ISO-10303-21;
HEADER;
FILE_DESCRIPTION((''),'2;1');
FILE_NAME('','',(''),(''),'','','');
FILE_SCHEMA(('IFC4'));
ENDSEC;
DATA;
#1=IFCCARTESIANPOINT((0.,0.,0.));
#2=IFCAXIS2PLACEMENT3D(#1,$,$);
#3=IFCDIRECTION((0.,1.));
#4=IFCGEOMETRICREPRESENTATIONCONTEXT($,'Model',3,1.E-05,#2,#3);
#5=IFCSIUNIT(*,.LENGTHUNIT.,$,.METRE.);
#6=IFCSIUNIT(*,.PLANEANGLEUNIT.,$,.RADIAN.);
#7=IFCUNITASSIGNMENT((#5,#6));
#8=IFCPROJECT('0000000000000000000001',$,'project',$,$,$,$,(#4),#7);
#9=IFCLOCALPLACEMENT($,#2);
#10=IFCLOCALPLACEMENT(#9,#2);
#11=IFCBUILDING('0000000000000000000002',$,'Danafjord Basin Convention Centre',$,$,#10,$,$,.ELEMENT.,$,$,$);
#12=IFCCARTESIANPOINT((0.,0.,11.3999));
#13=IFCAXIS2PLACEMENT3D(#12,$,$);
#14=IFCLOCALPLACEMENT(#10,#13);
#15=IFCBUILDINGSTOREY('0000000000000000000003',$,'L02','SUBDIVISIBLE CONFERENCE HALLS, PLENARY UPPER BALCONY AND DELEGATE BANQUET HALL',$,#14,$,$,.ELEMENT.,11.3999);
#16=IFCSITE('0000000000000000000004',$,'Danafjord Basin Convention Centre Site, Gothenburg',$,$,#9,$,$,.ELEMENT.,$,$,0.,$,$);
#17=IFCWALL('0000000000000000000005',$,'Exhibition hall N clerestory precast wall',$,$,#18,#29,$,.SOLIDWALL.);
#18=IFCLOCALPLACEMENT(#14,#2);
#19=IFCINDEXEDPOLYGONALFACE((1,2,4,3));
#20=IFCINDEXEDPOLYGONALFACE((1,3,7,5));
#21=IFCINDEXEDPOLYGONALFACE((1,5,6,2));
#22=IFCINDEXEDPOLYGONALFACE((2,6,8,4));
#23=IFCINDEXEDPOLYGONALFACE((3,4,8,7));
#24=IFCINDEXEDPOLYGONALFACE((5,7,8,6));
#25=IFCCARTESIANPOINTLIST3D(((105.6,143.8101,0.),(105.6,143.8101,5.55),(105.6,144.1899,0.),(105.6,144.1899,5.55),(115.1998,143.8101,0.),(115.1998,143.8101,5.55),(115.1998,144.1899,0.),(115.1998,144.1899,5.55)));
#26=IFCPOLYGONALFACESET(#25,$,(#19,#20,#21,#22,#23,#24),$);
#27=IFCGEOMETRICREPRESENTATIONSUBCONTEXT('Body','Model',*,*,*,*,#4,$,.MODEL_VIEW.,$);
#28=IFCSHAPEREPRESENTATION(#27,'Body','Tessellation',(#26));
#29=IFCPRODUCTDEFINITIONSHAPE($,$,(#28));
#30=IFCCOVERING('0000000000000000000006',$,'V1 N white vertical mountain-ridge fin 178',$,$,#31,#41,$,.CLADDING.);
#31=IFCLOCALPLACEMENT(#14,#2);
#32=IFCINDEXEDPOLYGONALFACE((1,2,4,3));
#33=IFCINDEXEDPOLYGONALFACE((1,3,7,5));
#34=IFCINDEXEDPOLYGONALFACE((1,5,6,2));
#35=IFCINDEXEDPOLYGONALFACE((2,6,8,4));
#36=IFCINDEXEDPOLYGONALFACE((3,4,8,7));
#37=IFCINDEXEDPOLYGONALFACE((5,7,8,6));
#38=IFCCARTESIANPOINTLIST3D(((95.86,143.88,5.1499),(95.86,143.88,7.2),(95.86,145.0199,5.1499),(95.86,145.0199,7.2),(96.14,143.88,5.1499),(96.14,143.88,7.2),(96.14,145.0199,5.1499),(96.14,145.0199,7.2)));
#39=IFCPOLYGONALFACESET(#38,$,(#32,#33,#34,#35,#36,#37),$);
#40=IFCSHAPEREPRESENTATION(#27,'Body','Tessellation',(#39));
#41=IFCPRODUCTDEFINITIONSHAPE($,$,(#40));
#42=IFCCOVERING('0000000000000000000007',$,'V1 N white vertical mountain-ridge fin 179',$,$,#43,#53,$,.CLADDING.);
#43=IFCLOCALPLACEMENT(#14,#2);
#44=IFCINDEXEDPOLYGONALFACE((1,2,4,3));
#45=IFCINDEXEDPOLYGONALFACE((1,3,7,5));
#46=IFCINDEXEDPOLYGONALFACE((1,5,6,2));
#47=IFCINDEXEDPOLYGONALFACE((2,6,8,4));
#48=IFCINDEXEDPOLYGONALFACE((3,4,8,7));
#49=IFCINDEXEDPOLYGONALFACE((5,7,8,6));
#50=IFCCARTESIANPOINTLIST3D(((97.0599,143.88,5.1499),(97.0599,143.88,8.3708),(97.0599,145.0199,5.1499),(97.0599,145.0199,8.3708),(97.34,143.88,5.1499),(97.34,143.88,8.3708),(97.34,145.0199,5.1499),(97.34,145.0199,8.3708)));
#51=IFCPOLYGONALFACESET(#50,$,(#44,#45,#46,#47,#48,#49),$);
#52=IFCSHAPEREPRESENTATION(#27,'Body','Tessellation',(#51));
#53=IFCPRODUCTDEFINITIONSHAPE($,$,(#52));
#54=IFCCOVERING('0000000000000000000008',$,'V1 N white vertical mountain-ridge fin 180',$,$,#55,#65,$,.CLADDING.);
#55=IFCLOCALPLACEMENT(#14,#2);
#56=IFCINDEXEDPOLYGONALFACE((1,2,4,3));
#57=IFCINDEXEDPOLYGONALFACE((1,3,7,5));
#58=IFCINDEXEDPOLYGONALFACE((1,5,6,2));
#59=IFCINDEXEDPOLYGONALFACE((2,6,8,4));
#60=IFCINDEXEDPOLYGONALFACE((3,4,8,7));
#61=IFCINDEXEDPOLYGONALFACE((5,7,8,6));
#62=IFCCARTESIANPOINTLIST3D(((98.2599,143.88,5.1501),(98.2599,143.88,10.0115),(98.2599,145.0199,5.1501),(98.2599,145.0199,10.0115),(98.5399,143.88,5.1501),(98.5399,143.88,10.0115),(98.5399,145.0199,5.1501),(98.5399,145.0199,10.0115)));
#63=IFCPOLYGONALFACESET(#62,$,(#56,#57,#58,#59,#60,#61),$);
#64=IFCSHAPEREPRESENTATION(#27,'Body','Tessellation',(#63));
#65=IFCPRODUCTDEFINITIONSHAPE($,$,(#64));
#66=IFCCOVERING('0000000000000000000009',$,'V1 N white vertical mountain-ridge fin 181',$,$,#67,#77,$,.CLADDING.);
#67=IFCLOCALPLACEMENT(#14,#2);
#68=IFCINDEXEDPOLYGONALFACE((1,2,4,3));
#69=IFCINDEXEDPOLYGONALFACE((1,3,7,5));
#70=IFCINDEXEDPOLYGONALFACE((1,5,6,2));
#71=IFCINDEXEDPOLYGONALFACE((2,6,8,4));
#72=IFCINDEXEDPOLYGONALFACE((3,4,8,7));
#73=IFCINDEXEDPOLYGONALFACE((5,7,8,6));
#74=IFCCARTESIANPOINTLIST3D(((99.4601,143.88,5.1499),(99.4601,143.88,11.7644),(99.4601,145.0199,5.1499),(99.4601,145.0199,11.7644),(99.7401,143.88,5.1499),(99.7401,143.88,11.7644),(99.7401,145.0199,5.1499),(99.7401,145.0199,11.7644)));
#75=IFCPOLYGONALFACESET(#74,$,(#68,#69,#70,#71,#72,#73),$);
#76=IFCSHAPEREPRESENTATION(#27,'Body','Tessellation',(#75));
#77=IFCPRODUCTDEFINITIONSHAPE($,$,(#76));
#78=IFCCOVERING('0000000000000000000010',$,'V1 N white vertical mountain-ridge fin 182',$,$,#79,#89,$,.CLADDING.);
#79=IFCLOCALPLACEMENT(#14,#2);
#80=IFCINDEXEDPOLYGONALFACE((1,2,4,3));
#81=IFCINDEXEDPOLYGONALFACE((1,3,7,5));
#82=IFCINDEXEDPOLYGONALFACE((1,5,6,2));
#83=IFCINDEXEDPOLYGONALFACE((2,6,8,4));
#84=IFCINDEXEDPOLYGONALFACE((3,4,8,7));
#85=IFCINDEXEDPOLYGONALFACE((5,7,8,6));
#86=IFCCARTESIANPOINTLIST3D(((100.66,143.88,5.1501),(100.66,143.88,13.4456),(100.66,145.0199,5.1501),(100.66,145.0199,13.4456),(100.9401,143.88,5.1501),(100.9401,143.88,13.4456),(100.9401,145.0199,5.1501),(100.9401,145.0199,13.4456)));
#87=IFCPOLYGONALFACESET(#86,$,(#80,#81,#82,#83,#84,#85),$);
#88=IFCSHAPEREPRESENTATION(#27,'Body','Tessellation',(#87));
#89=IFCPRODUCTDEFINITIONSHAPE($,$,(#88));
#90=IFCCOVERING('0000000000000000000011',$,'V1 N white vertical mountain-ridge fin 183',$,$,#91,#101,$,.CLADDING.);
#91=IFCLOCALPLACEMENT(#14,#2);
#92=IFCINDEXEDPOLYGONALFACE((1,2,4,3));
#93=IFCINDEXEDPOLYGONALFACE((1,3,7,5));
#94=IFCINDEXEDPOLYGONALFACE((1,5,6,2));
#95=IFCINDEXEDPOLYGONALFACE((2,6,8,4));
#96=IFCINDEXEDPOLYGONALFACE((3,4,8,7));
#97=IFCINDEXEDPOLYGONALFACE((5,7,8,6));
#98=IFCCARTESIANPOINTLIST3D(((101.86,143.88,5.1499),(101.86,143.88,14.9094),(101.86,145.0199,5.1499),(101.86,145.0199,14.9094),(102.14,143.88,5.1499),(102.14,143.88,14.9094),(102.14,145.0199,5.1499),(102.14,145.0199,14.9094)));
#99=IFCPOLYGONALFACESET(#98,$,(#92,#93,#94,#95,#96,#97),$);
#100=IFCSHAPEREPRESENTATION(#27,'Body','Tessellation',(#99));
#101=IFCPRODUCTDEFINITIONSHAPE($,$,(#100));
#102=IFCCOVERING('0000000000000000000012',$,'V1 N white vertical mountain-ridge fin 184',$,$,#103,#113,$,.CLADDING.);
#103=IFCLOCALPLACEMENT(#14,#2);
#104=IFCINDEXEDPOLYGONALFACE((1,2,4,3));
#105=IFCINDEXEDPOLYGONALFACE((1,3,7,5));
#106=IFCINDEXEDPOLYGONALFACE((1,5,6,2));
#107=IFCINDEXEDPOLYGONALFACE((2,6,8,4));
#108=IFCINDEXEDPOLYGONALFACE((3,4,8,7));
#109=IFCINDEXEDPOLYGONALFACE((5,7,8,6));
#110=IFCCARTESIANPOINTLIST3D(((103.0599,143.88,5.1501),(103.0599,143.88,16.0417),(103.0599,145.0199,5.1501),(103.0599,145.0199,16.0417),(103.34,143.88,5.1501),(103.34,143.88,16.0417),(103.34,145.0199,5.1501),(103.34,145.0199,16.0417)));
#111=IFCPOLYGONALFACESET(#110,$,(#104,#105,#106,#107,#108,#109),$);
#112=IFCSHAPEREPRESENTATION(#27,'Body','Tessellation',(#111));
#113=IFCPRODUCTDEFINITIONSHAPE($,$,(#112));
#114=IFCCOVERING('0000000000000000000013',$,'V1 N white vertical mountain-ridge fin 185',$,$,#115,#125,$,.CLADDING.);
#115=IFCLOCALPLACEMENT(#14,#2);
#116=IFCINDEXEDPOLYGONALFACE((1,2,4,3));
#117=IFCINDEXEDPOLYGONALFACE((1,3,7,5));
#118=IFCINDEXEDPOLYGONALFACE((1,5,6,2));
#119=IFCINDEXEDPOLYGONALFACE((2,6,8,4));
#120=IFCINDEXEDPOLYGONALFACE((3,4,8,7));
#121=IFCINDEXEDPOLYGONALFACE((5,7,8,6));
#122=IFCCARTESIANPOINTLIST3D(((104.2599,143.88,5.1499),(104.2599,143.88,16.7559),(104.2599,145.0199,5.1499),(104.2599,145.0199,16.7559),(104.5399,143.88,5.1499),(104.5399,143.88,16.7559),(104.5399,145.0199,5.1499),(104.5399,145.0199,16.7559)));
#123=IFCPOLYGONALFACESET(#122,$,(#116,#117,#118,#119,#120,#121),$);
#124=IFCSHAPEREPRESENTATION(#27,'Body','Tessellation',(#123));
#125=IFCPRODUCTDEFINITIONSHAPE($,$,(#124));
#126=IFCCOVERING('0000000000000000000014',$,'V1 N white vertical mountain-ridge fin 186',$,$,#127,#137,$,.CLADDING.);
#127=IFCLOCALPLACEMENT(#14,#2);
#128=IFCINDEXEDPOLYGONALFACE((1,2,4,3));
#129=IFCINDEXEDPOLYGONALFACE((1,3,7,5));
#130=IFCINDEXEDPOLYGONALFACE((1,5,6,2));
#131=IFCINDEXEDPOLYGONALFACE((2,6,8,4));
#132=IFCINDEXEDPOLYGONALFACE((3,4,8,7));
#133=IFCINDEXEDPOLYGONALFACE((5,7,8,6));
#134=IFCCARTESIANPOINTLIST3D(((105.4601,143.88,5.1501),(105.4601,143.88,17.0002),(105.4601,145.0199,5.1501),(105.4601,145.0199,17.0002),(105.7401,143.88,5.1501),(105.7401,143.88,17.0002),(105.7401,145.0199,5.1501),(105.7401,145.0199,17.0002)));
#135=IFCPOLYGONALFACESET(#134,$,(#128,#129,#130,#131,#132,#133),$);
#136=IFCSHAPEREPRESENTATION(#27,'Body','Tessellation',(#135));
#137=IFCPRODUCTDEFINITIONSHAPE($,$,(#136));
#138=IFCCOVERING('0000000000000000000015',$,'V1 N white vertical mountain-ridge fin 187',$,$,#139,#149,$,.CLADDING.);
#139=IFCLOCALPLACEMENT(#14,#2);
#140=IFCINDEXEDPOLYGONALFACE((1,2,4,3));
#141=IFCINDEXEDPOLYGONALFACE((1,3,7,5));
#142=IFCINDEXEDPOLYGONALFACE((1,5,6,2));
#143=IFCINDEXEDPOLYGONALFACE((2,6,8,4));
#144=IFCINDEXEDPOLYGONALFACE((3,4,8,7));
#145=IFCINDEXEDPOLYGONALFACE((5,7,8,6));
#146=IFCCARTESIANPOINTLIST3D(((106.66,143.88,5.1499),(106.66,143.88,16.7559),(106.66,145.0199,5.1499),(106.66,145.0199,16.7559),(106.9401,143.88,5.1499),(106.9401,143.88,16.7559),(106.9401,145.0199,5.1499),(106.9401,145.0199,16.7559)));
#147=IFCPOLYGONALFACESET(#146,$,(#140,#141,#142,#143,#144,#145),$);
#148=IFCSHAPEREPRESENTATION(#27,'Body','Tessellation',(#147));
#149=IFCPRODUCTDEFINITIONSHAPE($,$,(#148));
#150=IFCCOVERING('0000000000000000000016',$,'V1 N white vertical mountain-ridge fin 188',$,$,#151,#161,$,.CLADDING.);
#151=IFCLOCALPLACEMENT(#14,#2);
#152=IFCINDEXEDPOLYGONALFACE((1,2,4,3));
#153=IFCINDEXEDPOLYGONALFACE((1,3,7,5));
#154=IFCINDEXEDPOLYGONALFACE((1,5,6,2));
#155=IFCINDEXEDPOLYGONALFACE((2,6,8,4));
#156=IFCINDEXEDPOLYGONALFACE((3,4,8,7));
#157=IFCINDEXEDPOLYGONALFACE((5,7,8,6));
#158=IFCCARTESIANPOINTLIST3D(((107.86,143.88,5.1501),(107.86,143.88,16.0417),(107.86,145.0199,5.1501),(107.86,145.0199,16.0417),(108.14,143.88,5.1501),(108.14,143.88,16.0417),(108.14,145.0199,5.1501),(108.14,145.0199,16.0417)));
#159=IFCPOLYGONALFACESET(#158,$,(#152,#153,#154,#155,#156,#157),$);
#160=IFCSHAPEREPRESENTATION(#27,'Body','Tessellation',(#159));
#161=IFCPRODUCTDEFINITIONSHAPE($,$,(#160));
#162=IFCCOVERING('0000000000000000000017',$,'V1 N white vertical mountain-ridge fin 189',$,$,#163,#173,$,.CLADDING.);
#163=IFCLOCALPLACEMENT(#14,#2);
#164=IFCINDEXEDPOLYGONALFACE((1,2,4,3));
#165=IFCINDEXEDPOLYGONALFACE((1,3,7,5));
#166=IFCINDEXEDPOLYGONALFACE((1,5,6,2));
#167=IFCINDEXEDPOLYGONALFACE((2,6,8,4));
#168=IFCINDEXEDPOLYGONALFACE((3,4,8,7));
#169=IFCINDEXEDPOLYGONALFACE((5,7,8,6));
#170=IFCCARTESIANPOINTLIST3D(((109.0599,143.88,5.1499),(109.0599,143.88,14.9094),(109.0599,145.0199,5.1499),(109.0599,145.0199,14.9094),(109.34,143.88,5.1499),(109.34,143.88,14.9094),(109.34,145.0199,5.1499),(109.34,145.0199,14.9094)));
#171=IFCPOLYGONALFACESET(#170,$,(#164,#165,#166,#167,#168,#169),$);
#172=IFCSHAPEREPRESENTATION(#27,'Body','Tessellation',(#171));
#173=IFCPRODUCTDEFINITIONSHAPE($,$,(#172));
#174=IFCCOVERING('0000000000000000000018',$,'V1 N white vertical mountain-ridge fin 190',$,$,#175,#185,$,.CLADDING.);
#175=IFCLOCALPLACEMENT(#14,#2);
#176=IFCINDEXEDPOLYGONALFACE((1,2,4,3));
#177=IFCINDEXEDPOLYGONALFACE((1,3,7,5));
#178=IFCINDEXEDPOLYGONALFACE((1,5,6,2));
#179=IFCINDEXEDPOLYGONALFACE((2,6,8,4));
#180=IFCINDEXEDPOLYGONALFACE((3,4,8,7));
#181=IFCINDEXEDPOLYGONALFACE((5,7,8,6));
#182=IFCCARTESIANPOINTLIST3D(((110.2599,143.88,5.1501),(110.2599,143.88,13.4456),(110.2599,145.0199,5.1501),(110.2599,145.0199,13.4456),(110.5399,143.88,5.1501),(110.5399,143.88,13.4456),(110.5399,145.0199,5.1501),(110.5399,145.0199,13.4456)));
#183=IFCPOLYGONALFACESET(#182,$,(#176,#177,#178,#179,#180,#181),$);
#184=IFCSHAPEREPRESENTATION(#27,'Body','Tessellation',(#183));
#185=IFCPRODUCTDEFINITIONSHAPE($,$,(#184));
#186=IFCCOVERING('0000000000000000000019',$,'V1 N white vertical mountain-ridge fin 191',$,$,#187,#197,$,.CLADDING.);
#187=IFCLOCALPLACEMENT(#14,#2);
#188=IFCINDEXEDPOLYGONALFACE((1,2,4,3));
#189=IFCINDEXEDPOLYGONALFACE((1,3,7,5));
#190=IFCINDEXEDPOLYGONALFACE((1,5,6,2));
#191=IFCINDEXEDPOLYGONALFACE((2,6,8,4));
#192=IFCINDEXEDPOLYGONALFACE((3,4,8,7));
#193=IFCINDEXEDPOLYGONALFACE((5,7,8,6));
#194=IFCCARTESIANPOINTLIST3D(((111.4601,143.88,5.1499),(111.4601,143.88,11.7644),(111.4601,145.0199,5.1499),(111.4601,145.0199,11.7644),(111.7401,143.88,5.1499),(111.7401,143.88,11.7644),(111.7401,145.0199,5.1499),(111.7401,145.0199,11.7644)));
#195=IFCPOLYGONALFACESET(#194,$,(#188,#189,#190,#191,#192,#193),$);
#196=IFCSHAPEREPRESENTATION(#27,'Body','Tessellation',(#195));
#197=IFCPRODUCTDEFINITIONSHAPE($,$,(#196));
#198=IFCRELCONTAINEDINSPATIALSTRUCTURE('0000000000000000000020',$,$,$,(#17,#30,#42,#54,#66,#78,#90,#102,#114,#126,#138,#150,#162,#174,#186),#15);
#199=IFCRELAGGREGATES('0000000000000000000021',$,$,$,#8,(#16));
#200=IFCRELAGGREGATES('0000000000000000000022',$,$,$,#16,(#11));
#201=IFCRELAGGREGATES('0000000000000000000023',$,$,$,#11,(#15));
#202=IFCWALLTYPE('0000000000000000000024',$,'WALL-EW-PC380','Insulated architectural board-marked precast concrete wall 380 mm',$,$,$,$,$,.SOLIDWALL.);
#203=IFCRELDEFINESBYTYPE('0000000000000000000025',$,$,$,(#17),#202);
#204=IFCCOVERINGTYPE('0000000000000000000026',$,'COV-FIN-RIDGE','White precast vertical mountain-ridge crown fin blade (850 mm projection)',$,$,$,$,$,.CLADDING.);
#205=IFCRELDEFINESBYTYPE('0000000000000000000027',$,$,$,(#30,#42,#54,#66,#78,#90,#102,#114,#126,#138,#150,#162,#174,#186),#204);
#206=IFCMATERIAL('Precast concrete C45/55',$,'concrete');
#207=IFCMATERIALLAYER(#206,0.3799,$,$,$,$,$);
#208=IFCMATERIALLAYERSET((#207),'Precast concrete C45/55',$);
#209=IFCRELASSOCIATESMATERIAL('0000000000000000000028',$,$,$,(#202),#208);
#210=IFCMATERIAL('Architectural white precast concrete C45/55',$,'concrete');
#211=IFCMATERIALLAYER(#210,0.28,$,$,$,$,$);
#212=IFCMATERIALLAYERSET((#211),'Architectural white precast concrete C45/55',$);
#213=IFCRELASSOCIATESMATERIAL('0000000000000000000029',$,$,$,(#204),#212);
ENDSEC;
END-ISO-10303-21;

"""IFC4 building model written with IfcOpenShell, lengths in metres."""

from ifc_helpers import new_model, si_unit, direction, frame, frame_2d, origin, origin_2d, place, context, subcontext, project, spatial, rectangle, extrude, material, layer, layer_set, type_object, element, save


model = new_model("IFC4")

# Units and contexts
model_context = context("Model", 3, precision=1e-05, world=origin(), true_north=direction((0.0, 1.0)))
body_context = subcontext(model_context, "Body", "Model", "MODEL_VIEW")
ifc_project = project(units=[si_unit("LENGTHUNIT", "METRE"), si_unit("PLANEANGLEUNIT", "RADIAN")], contexts=[model_context])

# Site, building, storey
site_placement = place(None, origin())
site = spatial("IfcSite", under=ifc_project, at=site_placement, Name="Danafjord Basin Convention Centre Site, Gothenburg", CompositionType="ELEMENT", RefElevation=0.0)
building_placement = place(site_placement, origin())
building = spatial("IfcBuilding", under=site, at=building_placement, Name="Danafjord Basin Convention Centre", CompositionType="ELEMENT")
storey_placement = place(building_placement, frame((0.0, 0.0, 11.3999)))
storey = spatial("IfcBuildingStorey", under=building, at=storey_placement, Name="L02", Description="SUBDIVISIBLE CONFERENCE HALLS, PLENARY UPPER BALCONY AND DELEGATE BANQUET HALL", CompositionType="ELEMENT", Elevation=11.3999)

# Wall
ifc_material_1 = material(Name="Precast concrete C45/55", Category="concrete")
ifc_layer_1 = layer(ifc_material_1, 0.3799)
ifc_layer_set_1 = layer_set([ifc_layer_1], Name="Precast concrete C45/55")
wall_type = type_object("IfcWallType", Name="WALL-EW-PC380", Description="Insulated architectural board-marked precast concrete wall 380 mm", PredefinedType="SOLIDWALL", material=ifc_layer_set_1)
wall_placement = place(storey_placement, frame((105.6001, 144.0, 0.0), z_axis=(0.0, 0.0, 1.0), x_axis=(1.0, 0.0, 0.0)))
element("IfcWall", 1, at=wall_placement, inside=storey, type_object=wall_type, Name="Exhibition hall N clerestory precast wall", PredefinedType="SOLIDWALL", context=body_context, shape_type="SweptSolid", body=[
    extrude(rectangle(XDim=9.5999, YDim=0.3799, at=frame_2d((4.7998, 0.0))), origin(), (0.0, 0.0, 1.0), 5.55),
])

# Coverings
ifc_material_2 = material(Name="Architectural white precast concrete C45/55", Category="concrete")
ifc_layer_2 = layer(ifc_material_2, 0.28)
ifc_layer_set_2 = layer_set([ifc_layer_2], Name="Architectural white precast concrete C45/55")
covering_type = type_object("IfcCoveringType", Name="COV-FIN-RIDGE", Description="White precast vertical mountain-ridge crown fin blade (850 mm projection)", PredefinedType="CLADDING", material=ifc_layer_set_2)
covering_1_placement = place(storey_placement, frame((96.0, 144.45, 5.1499), z_axis=(0.0, 0.0, 1.0), x_axis=(0.0, 1.0, 0.0)))
element("IfcCovering", 2, at=covering_1_placement, inside=storey, type_object=covering_type, Name="V1 N white vertical mountain-ridge fin 178", PredefinedType="CLADDING", context=body_context, shape_type="SweptSolid", body=[
    extrude(rectangle(XDim=1.1399, YDim=0.28, at=origin_2d()), origin(), (0.0, 0.0, 1.0), 2.05),
])
covering_2_placement = place(storey_placement, frame((97.2, 144.45, 5.1499), z_axis=(0.0, 0.0, 1.0), x_axis=(0.0, 1.0, 0.0)))
element("IfcCovering", 3, at=covering_2_placement, inside=storey, type_object=covering_type, Name="V1 N white vertical mountain-ridge fin 179", PredefinedType="CLADDING", context=body_context, shape_type="SweptSolid", body=[
    extrude(rectangle(XDim=1.1399, YDim=0.28, at=origin_2d()), origin(), (0.0, 0.0, 1.0), 3.2209),
])
covering_3_placement = place(storey_placement, frame((98.3999, 144.45, 5.1501), z_axis=(0.0, 0.0, 1.0), x_axis=(0.0, 1.0, 0.0)))
element("IfcCovering", 4, at=covering_3_placement, inside=storey, type_object=covering_type, Name="V1 N white vertical mountain-ridge fin 180", PredefinedType="CLADDING", context=body_context, shape_type="SweptSolid", body=[
    extrude(rectangle(XDim=1.1399, YDim=0.28, at=origin_2d()), origin(), (0.0, 0.0, 1.0), 4.8613),
])
covering_4_placement = place(storey_placement, frame((99.6001, 144.45, 5.1499), z_axis=(0.0, 0.0, 1.0), x_axis=(0.0, 1.0, 0.0)))
element("IfcCovering", 5, at=covering_4_placement, inside=storey, type_object=covering_type, Name="V1 N white vertical mountain-ridge fin 181", PredefinedType="CLADDING", context=body_context, shape_type="SweptSolid", body=[
    extrude(rectangle(XDim=1.1399, YDim=0.28, at=origin_2d()), origin(), (0.0, 0.0, 1.0), 6.6145),
])
covering_5_placement = place(storey_placement, frame((100.8, 144.45, 5.1501), z_axis=(0.0, 0.0, 1.0), x_axis=(0.0, 1.0, 0.0)))
element("IfcCovering", 6, at=covering_5_placement, inside=storey, type_object=covering_type, Name="V1 N white vertical mountain-ridge fin 182", PredefinedType="CLADDING", context=body_context, shape_type="SweptSolid", body=[
    extrude(rectangle(XDim=1.1399, YDim=0.28, at=origin_2d()), origin(), (0.0, 0.0, 1.0), 8.2954),
])
covering_6_placement = place(storey_placement, frame((102.0, 144.45, 5.1499), z_axis=(0.0, 0.0, 1.0), x_axis=(0.0, 1.0, 0.0)))
element("IfcCovering", 7, at=covering_6_placement, inside=storey, type_object=covering_type, Name="V1 N white vertical mountain-ridge fin 183", PredefinedType="CLADDING", context=body_context, shape_type="SweptSolid", body=[
    extrude(rectangle(XDim=1.1399, YDim=0.28, at=origin_2d()), origin(), (0.0, 0.0, 1.0), 9.7595),
])
covering_7_placement = place(storey_placement, frame((103.2, 144.45, 5.1501), z_axis=(0.0, 0.0, 1.0), x_axis=(0.0, 1.0, 0.0)))
element("IfcCovering", 8, at=covering_7_placement, inside=storey, type_object=covering_type, Name="V1 N white vertical mountain-ridge fin 184", PredefinedType="CLADDING", context=body_context, shape_type="SweptSolid", body=[
    extrude(rectangle(XDim=1.1399, YDim=0.28, at=origin_2d()), origin(), (0.0, 0.0, 1.0), 10.8916),
])
covering_8_placement = place(storey_placement, frame((104.3999, 144.45, 5.1499), z_axis=(0.0, 0.0, 1.0), x_axis=(0.0, 1.0, 0.0)))
element("IfcCovering", 9, at=covering_8_placement, inside=storey, type_object=covering_type, Name="V1 N white vertical mountain-ridge fin 185", PredefinedType="CLADDING", context=body_context, shape_type="SweptSolid", body=[
    extrude(rectangle(XDim=1.1399, YDim=0.28, at=origin_2d()), origin(), (0.0, 0.0, 1.0), 11.606),
])
covering_9_placement = place(storey_placement, frame((105.6001, 144.45, 5.1501), z_axis=(0.0, 0.0, 1.0), x_axis=(0.0, 1.0, 0.0)))
element("IfcCovering", 10, at=covering_9_placement, inside=storey, type_object=covering_type, Name="V1 N white vertical mountain-ridge fin 186", PredefinedType="CLADDING", context=body_context, shape_type="SweptSolid", body=[
    extrude(rectangle(XDim=1.1399, YDim=0.28, at=origin_2d()), origin(), (0.0, 0.0, 1.0), 11.8501),
])
covering_10_placement = place(storey_placement, frame((106.8, 144.45, 5.1499), z_axis=(0.0, 0.0, 1.0), x_axis=(0.0, 1.0, 0.0)))
element("IfcCovering", 11, at=covering_10_placement, inside=storey, type_object=covering_type, Name="V1 N white vertical mountain-ridge fin 187", PredefinedType="CLADDING", context=body_context, shape_type="SweptSolid", body=[
    extrude(rectangle(XDim=1.1399, YDim=0.28, at=origin_2d()), origin(), (0.0, 0.0, 1.0), 11.606),
])
covering_11_placement = place(storey_placement, frame((108.0, 144.45, 5.1501), z_axis=(0.0, 0.0, 1.0), x_axis=(0.0, 1.0, 0.0)))
element("IfcCovering", 12, at=covering_11_placement, inside=storey, type_object=covering_type, Name="V1 N white vertical mountain-ridge fin 188", PredefinedType="CLADDING", context=body_context, shape_type="SweptSolid", body=[
    extrude(rectangle(XDim=1.1399, YDim=0.28, at=origin_2d()), origin(), (0.0, 0.0, 1.0), 10.8916),
])
covering_12_placement = place(storey_placement, frame((109.2, 144.45, 5.1499), z_axis=(0.0, 0.0, 1.0), x_axis=(0.0, 1.0, 0.0)))
element("IfcCovering", 13, at=covering_12_placement, inside=storey, type_object=covering_type, Name="V1 N white vertical mountain-ridge fin 189", PredefinedType="CLADDING", context=body_context, shape_type="SweptSolid", body=[
    extrude(rectangle(XDim=1.1399, YDim=0.28, at=origin_2d()), origin(), (0.0, 0.0, 1.0), 9.7595),
])
covering_13_placement = place(storey_placement, frame((110.3999, 144.45, 5.1501), z_axis=(0.0, 0.0, 1.0), x_axis=(0.0, 1.0, 0.0)))
element("IfcCovering", 14, at=covering_13_placement, inside=storey, type_object=covering_type, Name="V1 N white vertical mountain-ridge fin 190", PredefinedType="CLADDING", context=body_context, shape_type="SweptSolid", body=[
    extrude(rectangle(XDim=1.1399, YDim=0.28, at=origin_2d()), origin(), (0.0, 0.0, 1.0), 8.2954),
])
covering_14_placement = place(storey_placement, frame((111.6001, 144.45, 5.1499), z_axis=(0.0, 0.0, 1.0), x_axis=(0.0, 1.0, 0.0)))
element("IfcCovering", 15, at=covering_14_placement, inside=storey, type_object=covering_type, Name="V1 N white vertical mountain-ridge fin 191", PredefinedType="CLADDING", context=body_context, shape_type="SweptSolid", body=[
    extrude(rectangle(XDim=1.1399, YDim=0.28, at=origin_2d()), origin(), (0.0, 0.0, 1.0), 6.6145),
])

save(model, "model.ifc")
